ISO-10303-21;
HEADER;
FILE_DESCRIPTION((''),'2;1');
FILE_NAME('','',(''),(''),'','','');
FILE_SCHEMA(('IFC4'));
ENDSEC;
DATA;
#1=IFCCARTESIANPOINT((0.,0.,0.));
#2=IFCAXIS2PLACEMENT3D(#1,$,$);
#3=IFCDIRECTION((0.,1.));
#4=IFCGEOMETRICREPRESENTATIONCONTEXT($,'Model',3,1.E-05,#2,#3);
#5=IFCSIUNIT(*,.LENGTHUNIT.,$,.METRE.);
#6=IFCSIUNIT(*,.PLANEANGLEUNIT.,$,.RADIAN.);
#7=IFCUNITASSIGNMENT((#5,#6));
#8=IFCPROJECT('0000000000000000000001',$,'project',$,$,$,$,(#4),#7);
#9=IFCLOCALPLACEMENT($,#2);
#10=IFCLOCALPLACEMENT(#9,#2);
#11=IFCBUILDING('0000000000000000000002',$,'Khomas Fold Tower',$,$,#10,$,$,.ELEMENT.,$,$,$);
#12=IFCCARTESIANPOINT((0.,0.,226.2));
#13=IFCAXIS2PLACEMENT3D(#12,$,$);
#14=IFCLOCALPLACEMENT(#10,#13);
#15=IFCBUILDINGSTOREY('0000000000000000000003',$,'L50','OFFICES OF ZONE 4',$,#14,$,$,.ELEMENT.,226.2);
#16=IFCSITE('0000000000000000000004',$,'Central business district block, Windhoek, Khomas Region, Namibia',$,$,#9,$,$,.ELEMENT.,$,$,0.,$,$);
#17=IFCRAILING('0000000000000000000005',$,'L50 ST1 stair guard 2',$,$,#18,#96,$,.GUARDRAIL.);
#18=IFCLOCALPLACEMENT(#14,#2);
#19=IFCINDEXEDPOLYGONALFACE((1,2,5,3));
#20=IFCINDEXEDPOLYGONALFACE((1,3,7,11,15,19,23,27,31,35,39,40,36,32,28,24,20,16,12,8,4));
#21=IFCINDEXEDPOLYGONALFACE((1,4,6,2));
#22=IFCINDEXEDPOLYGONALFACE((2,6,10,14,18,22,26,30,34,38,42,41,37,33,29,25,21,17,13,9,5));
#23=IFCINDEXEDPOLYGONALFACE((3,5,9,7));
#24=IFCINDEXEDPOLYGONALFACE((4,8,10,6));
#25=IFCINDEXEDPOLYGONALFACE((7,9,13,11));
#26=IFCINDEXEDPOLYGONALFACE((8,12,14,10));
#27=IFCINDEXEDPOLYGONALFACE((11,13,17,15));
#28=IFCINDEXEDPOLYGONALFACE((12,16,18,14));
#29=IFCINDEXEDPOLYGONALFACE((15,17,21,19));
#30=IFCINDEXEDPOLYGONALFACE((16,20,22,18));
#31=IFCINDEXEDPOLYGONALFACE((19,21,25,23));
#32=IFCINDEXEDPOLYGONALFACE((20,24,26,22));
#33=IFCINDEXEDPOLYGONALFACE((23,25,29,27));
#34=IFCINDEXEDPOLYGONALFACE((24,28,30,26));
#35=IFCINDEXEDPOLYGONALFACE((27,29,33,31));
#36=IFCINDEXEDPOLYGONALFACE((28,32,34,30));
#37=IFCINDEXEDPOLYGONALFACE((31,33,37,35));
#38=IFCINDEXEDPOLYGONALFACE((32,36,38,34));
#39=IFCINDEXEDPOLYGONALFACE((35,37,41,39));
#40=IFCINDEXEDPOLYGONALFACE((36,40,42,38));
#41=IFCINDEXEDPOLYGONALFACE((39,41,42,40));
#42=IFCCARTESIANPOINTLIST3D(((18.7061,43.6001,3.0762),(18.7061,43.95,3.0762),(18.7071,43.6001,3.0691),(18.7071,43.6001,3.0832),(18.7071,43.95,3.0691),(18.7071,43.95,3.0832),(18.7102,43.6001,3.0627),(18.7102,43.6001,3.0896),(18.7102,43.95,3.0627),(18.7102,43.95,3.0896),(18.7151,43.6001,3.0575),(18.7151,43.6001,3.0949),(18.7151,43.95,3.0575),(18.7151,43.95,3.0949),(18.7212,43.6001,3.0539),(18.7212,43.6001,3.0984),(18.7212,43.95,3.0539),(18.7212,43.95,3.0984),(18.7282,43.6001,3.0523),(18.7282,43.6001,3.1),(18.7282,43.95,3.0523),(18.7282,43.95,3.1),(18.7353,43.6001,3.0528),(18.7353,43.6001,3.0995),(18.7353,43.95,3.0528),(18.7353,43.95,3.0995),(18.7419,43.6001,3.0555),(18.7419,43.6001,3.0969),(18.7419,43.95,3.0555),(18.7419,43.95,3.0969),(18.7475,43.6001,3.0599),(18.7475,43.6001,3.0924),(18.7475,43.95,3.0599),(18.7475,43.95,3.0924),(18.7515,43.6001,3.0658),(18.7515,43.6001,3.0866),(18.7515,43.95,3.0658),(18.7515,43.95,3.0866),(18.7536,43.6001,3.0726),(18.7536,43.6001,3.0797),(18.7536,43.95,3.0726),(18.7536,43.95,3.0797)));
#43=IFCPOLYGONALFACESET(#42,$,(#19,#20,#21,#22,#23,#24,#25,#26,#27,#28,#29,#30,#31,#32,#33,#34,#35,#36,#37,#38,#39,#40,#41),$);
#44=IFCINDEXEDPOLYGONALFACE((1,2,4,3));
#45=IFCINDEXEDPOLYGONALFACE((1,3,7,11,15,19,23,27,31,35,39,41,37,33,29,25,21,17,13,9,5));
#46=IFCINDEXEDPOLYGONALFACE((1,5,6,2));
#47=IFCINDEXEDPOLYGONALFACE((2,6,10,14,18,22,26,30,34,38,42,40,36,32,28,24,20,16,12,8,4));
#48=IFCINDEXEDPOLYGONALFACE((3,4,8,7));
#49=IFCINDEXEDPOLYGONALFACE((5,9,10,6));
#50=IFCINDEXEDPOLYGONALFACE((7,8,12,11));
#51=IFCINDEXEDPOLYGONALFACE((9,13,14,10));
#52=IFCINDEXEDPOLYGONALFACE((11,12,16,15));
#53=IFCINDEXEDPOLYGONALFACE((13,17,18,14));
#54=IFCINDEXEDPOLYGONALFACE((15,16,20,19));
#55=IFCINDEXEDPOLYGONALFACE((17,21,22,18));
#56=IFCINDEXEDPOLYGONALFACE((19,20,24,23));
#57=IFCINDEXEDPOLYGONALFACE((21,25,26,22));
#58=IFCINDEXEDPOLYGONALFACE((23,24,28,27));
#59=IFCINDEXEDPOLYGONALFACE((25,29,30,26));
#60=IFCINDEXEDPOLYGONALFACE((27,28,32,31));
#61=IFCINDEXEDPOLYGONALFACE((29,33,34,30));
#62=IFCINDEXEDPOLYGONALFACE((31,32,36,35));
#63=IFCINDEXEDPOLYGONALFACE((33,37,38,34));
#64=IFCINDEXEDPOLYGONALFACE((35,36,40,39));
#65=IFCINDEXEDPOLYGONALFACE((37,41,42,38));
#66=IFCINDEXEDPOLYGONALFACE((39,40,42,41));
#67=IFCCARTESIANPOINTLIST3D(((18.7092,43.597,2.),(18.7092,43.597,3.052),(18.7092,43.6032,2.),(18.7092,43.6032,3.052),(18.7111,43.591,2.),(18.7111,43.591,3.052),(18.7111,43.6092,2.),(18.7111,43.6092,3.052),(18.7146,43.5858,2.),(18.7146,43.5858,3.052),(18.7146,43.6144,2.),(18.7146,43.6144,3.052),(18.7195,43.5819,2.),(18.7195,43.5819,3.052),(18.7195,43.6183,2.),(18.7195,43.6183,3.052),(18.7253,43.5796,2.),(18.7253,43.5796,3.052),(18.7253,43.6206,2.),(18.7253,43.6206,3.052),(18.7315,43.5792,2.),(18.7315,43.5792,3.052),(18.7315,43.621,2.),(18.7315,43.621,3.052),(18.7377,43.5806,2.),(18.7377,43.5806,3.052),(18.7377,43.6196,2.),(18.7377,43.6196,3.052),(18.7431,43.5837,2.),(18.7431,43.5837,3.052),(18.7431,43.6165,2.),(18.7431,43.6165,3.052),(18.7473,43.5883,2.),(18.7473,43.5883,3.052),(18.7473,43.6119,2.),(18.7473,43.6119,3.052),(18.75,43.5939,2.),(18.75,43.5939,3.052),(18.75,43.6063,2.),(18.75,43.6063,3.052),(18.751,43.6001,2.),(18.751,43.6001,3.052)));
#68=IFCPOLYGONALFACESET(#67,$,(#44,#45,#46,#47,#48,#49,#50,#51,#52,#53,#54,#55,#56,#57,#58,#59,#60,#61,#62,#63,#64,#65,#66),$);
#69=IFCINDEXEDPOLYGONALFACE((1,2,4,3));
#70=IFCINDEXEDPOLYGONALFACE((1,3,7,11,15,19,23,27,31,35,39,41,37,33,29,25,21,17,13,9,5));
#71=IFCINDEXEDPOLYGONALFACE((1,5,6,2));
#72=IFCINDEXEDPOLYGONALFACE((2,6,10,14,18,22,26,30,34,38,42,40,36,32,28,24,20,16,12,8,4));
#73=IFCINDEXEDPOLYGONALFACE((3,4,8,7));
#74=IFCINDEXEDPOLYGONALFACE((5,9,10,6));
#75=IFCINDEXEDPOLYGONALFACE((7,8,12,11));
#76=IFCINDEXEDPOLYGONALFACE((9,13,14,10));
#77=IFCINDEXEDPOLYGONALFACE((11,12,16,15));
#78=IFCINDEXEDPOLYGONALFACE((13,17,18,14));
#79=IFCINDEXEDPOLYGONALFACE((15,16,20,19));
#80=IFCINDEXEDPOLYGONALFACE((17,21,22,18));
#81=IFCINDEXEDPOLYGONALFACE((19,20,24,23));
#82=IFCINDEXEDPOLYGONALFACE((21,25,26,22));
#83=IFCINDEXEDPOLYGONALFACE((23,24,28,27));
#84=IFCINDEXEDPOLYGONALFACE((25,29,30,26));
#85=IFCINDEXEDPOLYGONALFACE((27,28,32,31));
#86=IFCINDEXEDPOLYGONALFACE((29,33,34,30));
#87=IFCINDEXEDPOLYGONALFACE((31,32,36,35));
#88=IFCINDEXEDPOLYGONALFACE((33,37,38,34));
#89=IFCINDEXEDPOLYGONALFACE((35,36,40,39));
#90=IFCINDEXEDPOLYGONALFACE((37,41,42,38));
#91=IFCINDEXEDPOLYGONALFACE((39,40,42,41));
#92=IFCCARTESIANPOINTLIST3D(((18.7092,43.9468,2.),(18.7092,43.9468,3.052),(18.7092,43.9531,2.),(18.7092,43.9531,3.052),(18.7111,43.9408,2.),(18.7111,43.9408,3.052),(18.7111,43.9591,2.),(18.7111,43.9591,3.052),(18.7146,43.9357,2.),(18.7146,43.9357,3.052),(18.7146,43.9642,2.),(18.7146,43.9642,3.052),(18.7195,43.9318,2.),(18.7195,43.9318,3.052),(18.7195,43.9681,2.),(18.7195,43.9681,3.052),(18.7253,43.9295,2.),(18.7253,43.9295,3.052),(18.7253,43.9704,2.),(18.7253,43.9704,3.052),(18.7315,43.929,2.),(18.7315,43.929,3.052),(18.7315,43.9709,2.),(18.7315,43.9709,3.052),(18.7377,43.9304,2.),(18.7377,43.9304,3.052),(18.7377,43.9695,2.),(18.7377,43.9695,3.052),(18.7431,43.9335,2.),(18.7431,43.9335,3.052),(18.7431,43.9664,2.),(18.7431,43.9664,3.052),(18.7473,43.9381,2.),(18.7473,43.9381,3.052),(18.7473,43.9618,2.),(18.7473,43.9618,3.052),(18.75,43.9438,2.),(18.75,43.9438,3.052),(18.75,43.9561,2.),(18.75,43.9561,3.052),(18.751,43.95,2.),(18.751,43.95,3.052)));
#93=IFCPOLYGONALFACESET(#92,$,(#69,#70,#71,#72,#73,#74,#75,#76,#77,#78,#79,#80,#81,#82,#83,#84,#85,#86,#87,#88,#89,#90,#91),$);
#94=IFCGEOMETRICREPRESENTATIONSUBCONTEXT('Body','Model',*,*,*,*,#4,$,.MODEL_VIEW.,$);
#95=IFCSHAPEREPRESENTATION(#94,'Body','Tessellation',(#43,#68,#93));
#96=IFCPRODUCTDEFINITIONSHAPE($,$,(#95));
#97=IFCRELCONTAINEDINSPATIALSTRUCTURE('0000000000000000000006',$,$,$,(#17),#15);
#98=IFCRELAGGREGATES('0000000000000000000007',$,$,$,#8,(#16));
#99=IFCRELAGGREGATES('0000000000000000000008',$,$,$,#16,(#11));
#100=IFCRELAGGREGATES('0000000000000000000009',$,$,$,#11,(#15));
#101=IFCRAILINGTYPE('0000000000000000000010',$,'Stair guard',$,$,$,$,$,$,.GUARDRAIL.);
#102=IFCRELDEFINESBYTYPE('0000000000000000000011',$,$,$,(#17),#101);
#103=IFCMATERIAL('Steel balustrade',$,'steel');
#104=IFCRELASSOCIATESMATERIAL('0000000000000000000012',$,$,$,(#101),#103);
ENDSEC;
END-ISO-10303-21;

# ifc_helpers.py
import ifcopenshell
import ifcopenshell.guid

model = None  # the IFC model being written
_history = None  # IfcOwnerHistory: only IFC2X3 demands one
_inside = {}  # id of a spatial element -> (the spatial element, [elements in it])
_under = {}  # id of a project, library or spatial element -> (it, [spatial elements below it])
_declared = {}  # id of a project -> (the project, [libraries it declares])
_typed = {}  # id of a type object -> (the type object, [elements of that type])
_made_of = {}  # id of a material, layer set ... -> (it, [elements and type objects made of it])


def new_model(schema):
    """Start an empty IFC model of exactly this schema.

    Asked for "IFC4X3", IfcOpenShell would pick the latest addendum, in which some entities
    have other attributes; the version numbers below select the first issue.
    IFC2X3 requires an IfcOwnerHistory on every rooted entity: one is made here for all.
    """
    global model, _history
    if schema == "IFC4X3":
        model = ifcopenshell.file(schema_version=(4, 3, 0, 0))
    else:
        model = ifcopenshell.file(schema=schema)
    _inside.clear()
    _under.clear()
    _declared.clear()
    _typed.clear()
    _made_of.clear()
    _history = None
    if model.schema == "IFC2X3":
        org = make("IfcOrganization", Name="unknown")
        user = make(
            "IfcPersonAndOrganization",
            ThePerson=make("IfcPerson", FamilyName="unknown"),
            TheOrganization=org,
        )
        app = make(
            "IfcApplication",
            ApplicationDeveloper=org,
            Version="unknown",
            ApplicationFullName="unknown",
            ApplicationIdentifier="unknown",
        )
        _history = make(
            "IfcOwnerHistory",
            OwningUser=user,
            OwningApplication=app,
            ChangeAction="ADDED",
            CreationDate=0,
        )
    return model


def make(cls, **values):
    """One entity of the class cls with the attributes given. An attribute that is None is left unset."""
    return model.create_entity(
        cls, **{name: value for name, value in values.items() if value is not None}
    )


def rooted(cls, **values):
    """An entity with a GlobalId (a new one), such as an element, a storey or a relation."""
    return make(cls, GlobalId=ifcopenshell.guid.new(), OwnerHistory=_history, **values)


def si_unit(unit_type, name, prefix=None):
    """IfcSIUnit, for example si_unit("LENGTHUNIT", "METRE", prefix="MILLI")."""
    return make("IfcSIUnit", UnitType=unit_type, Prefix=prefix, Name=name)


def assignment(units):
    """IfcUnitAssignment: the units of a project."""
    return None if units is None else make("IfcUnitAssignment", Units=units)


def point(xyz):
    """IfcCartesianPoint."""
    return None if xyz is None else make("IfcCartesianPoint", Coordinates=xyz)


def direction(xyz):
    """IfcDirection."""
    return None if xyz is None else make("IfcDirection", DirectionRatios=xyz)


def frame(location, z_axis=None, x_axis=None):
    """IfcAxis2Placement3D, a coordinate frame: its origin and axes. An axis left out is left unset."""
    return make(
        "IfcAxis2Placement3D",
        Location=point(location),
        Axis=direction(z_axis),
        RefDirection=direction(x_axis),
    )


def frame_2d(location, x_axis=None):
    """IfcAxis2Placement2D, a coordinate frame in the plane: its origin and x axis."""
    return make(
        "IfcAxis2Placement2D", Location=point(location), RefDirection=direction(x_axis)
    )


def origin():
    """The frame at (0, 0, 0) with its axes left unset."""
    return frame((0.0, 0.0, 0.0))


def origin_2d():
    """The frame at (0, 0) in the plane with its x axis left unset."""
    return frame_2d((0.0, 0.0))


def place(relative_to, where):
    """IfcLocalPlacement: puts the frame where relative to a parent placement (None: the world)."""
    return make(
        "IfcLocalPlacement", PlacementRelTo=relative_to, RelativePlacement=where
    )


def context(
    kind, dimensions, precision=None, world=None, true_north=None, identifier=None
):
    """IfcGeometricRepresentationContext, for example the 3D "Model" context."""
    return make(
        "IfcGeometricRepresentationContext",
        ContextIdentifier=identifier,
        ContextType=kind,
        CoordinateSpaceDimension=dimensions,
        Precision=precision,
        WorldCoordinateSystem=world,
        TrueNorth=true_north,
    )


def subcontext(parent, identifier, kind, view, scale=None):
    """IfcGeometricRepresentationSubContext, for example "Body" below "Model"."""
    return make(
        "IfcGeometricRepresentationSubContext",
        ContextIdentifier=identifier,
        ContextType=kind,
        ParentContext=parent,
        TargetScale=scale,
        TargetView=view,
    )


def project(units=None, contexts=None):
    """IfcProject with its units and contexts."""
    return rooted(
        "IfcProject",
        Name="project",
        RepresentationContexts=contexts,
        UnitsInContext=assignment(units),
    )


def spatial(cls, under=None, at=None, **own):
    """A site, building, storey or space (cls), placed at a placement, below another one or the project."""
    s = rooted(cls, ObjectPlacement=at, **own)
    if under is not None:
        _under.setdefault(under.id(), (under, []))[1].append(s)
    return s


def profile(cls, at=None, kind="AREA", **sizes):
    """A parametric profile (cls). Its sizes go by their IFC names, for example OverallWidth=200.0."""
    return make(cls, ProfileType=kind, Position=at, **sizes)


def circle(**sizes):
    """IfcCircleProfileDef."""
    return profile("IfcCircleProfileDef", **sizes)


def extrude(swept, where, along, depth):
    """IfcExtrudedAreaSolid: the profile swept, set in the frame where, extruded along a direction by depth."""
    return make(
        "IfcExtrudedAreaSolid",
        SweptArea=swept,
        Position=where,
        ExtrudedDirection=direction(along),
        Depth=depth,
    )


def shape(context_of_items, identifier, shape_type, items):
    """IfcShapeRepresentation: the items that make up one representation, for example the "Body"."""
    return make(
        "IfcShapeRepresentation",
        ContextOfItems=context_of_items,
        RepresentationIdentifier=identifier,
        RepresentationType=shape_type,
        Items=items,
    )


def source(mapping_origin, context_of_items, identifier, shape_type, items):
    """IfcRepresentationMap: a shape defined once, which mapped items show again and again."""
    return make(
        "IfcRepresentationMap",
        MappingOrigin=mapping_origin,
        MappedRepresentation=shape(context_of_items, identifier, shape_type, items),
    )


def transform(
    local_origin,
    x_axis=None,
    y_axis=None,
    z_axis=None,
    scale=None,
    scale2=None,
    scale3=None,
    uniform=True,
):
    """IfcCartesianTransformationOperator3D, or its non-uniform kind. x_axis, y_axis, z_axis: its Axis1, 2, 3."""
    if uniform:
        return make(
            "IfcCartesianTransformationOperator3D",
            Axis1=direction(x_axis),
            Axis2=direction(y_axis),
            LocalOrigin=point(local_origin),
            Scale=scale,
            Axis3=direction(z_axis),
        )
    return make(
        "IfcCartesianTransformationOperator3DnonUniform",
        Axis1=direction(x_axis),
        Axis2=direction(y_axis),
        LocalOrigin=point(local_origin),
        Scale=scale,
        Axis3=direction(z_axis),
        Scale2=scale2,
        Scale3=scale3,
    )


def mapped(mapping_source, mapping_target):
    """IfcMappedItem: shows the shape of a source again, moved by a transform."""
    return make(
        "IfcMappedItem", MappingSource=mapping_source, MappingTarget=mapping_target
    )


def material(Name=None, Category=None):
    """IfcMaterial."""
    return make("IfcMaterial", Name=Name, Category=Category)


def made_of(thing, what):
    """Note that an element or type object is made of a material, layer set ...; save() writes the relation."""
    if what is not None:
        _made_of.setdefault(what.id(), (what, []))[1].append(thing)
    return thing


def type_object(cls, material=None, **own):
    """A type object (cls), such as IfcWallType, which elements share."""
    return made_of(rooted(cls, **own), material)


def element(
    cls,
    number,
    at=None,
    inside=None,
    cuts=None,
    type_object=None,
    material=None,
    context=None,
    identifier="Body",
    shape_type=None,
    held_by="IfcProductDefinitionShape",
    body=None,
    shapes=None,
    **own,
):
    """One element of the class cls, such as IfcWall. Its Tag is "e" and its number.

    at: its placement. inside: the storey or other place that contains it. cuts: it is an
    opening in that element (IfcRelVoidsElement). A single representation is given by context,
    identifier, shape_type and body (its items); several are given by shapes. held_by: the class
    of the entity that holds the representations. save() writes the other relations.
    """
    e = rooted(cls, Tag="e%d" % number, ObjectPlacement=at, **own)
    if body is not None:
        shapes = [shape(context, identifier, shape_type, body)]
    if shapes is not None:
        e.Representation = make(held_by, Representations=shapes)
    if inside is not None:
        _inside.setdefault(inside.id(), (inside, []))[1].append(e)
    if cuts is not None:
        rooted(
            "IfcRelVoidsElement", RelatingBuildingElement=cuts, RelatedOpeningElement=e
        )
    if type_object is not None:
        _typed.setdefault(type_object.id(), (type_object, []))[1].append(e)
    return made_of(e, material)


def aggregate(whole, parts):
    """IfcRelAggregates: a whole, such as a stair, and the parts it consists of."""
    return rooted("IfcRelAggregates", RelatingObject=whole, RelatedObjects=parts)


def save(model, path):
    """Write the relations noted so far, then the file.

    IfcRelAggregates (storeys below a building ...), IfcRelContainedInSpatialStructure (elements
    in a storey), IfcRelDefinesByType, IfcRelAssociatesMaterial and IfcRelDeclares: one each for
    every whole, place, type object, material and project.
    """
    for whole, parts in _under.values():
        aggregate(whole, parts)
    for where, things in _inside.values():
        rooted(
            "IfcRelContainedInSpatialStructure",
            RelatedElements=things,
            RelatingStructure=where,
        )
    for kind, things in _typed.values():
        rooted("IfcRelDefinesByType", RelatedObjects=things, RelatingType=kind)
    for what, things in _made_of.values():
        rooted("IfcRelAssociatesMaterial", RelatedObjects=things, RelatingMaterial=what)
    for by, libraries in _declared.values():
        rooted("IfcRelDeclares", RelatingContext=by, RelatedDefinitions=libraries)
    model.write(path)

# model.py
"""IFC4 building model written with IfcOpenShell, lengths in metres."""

from ifc_helpers import new_model, si_unit, direction, frame, origin, origin_2d, place, context, subcontext, project, spatial, circle, extrude, source, transform, mapped, material, type_object, element, save


model = new_model("IFC4")

# Units and contexts
model_context = context("Model", 3, precision=1e-05, world=origin(), true_north=direction((0.0, 1.0)))
body_context = subcontext(model_context, "Body", "Model", "MODEL_VIEW")
ifc_project = project(units=[si_unit("LENGTHUNIT", "METRE"), si_unit("PLANEANGLEUNIT", "RADIAN")], contexts=[model_context])

# Site, building, storey
site_placement = place(None, origin())
site = spatial("IfcSite", under=ifc_project, at=site_placement, Name="Central business district block, Windhoek, Khomas Region, Namibia", CompositionType="ELEMENT", RefElevation=0.0)
building_placement = place(site_placement, origin())
building = spatial("IfcBuilding", under=site, at=building_placement, Name="Khomas Fold Tower", CompositionType="ELEMENT")
storey_placement = place(building_placement, frame((0.0, 0.0, 226.2)))
storey = spatial("IfcBuildingStorey", under=building, at=storey_placement, Name="L50", Description="OFFICES OF ZONE 4", CompositionType="ELEMENT", Elevation=226.2)

# Railing
ifc_material_1 = material(Name="Steel balustrade", Category="steel")
railing_type_1 = type_object("IfcRailingType", Name="Stair guard", PredefinedType="GUARDRAIL", material=ifc_material_1)
shared_shape_1 = source(origin(), body_context, "Body", "SweptSolid", [
    extrude(circle(Radius=0.0239, at=origin_2d()), frame((0.0, 0.0, 1.0762), z_axis=(0.0, 1.0, 0.0), x_axis=(-1.0, 0.0, 0.0)), (0.0, 0.0, 1.0), 0.3499),
    extrude(circle(Radius=0.021, at=origin_2d()), origin(), (0.0, 0.0, 1.0), 1.052),
    extrude(circle(Radius=0.021, at=origin_2d()), frame((0.0, 0.3499, 0.0)), (0.0, 0.0, 1.0), 1.052),
])
railing_1_placement = place(storey_placement, frame((18.73, 43.6001, 2.0)))
element("IfcRailing", 1, at=railing_1_placement, inside=storey, type_object=railing_type_1, Name="L50 ST1 stair guard 2", PredefinedType="GUARDRAIL", context=body_context, shape_type="MappedRepresentation", body=[
    mapped(shared_shape_1, transform((0.0, 0.0, 0.0))),
])

save(model, "model.ifc")
